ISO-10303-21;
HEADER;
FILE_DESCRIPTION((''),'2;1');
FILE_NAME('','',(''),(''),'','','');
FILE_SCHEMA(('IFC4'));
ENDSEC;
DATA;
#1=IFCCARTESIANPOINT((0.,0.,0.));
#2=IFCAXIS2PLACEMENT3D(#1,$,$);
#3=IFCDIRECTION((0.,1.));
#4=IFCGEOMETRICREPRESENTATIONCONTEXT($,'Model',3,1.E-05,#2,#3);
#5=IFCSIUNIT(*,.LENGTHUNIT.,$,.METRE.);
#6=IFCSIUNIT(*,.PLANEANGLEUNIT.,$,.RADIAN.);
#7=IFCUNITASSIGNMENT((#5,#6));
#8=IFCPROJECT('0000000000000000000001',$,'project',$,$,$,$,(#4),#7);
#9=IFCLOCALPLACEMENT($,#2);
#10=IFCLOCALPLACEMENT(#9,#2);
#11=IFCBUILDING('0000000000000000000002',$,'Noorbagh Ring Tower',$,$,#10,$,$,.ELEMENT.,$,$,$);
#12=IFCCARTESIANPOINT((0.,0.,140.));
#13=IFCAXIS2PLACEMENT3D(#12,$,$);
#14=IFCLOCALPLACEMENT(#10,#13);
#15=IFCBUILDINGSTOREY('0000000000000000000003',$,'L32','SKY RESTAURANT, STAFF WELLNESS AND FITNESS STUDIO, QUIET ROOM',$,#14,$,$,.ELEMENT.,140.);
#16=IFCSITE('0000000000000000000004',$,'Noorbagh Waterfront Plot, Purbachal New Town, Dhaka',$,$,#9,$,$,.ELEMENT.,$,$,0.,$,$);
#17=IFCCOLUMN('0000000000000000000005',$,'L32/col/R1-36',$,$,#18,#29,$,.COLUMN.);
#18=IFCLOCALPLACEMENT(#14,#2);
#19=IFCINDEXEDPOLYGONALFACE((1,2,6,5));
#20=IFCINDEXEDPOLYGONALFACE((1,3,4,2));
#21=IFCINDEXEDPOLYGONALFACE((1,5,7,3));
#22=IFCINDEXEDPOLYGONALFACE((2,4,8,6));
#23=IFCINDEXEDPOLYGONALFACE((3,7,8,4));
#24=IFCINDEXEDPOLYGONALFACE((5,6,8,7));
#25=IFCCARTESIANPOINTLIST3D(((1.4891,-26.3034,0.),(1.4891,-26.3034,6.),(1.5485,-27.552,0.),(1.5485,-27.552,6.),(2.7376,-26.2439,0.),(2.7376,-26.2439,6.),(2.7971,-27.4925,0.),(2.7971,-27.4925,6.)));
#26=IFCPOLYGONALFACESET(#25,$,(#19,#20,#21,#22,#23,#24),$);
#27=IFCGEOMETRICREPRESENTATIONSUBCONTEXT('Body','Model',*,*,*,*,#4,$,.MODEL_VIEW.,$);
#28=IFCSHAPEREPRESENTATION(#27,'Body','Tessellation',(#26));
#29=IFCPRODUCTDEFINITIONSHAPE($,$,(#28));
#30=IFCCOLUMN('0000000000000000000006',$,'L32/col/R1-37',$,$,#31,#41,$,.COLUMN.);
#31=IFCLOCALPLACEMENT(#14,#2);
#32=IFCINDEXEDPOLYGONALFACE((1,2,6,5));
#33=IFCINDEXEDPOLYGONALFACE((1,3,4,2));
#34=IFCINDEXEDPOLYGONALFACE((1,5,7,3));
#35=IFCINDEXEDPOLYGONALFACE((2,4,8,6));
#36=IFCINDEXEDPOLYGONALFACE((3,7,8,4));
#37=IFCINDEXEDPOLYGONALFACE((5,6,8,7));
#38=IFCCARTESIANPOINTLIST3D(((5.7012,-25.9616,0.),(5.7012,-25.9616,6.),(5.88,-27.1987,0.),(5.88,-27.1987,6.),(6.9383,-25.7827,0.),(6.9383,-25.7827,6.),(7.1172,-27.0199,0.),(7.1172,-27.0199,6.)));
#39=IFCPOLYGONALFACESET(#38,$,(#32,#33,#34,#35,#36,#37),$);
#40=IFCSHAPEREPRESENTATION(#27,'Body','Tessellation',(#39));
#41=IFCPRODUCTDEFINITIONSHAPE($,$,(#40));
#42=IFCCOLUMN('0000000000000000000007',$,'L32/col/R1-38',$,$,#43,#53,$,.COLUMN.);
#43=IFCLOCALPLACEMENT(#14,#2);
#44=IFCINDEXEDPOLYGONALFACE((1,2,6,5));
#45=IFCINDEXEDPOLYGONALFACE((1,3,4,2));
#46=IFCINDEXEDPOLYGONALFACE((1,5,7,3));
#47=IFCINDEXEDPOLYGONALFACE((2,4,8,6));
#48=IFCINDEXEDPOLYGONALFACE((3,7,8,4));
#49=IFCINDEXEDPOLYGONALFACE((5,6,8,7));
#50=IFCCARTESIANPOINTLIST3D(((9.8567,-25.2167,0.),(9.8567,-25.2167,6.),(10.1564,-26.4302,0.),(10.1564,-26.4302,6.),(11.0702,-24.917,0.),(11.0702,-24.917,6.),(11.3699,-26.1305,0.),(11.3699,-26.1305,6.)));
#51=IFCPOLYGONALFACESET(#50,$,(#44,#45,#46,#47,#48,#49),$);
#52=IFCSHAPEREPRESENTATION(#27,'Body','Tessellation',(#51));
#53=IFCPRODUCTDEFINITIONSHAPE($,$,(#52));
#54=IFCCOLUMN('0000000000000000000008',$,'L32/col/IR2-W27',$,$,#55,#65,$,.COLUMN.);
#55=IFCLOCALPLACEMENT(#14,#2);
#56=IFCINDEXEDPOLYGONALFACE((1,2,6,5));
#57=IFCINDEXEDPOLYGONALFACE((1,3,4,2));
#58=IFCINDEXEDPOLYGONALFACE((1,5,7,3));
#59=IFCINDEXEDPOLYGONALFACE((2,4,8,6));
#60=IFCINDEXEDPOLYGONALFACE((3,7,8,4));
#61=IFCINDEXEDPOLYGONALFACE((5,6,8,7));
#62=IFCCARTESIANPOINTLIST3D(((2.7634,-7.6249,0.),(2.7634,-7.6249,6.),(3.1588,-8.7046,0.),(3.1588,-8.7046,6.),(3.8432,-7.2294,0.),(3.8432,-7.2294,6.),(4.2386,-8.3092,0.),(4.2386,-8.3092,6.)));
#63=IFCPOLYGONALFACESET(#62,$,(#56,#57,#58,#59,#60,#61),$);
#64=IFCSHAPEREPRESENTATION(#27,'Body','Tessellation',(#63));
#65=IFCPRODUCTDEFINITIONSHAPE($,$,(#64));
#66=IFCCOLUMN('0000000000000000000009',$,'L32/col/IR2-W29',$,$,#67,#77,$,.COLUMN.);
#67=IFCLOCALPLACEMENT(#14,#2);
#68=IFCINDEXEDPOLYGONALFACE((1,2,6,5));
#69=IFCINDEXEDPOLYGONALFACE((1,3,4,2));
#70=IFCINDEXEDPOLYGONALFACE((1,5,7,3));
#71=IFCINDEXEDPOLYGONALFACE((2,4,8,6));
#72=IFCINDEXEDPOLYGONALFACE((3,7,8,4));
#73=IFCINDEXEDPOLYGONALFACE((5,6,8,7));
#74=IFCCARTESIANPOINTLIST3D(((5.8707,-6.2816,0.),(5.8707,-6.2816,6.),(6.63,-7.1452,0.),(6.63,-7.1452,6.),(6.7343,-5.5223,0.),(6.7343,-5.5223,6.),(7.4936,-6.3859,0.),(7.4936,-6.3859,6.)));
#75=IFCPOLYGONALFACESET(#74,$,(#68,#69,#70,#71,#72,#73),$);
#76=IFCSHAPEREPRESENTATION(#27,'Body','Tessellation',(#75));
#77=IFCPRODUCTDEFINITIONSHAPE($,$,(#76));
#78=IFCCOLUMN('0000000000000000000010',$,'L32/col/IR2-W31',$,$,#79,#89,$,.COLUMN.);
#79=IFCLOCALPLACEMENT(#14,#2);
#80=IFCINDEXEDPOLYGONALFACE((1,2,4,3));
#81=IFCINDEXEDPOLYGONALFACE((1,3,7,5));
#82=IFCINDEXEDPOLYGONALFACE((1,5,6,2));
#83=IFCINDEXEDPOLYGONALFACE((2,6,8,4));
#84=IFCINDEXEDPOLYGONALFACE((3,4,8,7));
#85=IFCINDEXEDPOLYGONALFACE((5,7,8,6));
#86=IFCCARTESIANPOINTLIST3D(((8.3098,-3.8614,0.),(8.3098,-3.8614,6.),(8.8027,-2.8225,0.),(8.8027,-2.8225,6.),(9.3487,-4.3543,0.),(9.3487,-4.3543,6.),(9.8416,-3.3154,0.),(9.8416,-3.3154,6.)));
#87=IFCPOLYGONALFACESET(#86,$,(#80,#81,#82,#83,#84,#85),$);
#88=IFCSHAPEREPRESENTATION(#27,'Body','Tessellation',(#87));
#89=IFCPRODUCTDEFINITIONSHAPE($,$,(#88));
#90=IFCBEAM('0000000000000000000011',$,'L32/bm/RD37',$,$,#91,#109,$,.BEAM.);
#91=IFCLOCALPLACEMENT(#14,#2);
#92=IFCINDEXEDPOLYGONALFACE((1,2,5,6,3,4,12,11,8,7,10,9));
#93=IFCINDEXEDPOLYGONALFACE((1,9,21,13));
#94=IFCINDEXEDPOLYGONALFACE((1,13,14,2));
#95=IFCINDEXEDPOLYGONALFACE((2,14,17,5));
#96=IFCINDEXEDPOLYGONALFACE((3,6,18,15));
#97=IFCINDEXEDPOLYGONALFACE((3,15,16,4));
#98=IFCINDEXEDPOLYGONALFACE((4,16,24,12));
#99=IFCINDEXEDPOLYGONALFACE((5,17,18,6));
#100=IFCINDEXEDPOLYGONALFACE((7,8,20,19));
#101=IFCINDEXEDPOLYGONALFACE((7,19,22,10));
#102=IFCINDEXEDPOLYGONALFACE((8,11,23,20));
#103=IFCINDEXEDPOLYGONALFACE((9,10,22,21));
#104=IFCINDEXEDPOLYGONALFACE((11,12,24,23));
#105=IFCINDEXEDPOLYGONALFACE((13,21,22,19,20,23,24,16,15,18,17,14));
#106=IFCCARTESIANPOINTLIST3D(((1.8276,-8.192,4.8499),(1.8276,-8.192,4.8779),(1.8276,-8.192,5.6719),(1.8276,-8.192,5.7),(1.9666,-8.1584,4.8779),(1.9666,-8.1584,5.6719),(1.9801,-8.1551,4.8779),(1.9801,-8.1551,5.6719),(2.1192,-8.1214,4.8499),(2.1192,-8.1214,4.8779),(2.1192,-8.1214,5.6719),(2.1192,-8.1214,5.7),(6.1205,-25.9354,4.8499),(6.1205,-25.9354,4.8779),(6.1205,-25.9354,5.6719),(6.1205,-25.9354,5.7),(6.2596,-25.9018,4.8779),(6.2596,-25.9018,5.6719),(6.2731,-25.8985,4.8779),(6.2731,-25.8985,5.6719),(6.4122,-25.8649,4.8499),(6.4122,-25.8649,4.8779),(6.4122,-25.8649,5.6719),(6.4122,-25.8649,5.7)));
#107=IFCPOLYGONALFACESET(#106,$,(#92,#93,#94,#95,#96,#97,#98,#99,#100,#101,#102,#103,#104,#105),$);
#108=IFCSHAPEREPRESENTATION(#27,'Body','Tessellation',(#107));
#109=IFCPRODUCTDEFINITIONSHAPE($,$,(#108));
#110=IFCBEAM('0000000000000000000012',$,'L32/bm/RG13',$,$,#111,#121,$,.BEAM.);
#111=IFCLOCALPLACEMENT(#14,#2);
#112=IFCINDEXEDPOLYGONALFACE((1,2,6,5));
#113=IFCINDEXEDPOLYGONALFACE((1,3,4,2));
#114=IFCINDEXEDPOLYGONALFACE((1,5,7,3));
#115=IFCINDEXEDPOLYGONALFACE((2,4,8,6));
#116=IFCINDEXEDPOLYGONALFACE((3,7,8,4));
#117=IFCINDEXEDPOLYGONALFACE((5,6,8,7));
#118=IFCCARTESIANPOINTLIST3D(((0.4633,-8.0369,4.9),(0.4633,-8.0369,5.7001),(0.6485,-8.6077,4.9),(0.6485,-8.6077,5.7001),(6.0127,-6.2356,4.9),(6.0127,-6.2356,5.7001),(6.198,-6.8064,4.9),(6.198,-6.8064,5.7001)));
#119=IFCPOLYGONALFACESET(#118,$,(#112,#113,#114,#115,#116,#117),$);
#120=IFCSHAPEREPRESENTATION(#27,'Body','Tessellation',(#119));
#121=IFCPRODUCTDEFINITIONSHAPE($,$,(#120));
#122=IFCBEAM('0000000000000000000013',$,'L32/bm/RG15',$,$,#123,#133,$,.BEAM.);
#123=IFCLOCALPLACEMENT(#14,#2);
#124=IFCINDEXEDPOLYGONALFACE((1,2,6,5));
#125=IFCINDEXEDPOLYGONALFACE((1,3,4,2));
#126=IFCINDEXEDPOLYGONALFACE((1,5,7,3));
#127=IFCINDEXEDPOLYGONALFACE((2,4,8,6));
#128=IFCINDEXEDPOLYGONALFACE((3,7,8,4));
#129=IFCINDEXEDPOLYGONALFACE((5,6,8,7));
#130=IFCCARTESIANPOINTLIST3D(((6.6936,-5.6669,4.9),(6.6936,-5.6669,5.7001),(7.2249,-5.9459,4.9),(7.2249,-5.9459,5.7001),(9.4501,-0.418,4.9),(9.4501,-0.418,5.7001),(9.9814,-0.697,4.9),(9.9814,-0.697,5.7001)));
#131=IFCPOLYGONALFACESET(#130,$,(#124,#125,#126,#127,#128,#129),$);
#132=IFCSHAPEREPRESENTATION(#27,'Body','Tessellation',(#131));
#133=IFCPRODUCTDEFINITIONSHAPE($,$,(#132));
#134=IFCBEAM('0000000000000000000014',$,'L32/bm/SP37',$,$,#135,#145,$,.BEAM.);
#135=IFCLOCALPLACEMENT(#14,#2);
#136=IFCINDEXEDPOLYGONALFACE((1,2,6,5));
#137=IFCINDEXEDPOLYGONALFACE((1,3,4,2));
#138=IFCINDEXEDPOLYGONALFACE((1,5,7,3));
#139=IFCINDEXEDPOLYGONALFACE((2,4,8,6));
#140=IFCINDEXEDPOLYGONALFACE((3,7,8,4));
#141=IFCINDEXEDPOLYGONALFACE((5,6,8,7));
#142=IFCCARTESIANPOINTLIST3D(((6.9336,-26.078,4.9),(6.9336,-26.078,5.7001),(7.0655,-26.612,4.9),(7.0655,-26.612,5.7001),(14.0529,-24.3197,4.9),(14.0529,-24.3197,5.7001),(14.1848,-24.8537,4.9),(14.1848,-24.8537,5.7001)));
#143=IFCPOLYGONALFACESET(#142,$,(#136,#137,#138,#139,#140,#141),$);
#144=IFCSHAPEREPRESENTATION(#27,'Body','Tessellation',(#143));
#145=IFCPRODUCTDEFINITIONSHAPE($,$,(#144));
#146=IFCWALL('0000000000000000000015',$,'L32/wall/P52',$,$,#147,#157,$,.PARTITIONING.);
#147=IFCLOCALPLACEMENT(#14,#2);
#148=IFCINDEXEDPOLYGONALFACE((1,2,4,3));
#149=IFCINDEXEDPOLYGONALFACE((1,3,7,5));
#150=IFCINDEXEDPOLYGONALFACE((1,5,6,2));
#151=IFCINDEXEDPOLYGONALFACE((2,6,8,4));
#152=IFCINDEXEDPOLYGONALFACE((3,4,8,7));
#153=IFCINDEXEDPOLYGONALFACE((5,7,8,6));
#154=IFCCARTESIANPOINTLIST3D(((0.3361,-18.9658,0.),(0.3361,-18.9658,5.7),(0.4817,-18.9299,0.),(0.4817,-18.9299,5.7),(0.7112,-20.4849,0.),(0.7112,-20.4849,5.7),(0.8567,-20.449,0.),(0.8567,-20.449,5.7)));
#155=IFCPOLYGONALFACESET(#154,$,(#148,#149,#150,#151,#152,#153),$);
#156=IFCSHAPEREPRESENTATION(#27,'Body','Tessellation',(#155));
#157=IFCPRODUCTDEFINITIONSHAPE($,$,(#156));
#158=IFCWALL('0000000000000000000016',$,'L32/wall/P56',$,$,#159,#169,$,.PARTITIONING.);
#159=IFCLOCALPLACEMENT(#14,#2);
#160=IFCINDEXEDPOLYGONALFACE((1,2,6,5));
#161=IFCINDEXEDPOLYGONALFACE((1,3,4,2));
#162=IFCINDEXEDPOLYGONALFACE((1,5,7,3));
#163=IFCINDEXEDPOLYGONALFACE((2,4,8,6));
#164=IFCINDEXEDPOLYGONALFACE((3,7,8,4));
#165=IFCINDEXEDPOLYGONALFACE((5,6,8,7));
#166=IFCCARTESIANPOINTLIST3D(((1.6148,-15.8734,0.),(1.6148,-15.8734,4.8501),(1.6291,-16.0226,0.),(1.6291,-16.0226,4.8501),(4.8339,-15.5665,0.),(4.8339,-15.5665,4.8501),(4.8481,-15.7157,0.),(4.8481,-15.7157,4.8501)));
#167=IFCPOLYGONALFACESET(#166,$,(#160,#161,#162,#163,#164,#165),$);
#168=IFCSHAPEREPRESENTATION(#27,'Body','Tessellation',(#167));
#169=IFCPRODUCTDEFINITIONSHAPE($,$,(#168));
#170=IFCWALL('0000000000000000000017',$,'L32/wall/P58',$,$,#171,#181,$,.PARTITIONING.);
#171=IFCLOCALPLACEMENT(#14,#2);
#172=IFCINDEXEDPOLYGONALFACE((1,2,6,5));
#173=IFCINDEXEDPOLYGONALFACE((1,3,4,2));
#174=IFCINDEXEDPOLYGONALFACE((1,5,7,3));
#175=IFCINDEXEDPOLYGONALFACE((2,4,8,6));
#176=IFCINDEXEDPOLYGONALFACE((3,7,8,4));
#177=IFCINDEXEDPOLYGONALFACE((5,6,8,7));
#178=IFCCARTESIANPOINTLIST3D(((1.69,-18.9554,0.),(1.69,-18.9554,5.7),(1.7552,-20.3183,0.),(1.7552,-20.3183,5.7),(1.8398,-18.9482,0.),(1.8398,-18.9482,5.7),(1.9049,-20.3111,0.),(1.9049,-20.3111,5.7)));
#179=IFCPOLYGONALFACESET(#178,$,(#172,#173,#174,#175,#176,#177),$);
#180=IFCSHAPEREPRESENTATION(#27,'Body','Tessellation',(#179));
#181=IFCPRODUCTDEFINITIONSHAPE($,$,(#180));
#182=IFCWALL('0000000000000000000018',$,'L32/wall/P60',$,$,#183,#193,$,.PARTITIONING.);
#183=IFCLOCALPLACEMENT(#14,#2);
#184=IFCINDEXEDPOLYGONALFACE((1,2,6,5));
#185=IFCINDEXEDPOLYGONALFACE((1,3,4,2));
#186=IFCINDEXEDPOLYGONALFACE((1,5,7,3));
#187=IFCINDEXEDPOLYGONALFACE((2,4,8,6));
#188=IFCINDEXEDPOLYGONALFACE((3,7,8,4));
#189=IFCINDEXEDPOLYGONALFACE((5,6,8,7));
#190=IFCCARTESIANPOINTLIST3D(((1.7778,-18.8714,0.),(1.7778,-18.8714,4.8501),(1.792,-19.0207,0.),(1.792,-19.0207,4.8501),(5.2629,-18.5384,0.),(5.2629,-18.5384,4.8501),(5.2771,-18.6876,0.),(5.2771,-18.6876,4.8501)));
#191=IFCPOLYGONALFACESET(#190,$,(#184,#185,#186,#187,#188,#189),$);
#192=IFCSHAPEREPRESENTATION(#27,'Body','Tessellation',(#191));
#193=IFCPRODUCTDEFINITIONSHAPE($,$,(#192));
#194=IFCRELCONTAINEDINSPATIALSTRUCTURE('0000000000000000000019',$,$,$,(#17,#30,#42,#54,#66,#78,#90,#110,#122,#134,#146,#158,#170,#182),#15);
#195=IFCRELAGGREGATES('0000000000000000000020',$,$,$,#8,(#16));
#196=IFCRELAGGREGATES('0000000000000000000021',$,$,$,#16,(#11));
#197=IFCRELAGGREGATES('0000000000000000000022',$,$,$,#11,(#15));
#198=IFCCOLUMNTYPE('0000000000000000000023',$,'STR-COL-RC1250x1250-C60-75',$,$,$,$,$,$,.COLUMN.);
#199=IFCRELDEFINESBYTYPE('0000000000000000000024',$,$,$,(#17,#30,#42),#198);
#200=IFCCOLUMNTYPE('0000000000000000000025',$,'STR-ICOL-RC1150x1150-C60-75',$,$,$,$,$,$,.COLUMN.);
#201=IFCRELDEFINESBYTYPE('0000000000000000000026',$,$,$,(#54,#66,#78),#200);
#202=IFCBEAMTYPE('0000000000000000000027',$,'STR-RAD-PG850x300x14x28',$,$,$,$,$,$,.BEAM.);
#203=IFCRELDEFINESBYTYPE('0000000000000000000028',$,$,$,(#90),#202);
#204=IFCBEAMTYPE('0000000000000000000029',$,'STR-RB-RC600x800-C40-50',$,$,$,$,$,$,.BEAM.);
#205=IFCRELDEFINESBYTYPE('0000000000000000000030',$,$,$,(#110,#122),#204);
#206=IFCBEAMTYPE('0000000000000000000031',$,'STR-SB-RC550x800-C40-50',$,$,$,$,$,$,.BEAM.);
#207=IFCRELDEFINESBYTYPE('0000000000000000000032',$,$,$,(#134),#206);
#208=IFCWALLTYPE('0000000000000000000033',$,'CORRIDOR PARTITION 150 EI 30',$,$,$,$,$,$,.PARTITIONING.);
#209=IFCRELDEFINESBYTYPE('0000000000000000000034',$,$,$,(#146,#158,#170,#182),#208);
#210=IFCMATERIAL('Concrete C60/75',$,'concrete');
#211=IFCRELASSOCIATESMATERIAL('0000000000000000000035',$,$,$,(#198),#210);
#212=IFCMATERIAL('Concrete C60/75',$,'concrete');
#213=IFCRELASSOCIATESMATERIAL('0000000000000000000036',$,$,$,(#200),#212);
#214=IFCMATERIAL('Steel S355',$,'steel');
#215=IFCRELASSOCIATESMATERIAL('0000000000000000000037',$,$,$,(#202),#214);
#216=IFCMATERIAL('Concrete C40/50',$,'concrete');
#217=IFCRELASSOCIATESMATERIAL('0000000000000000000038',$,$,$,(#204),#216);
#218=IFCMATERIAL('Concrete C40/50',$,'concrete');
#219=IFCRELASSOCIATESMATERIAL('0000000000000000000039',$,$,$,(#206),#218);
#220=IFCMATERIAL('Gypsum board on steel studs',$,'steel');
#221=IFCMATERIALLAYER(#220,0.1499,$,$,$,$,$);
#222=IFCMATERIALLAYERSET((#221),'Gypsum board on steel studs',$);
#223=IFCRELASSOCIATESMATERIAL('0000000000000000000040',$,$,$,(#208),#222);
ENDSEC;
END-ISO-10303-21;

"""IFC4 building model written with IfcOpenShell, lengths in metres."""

from ifc_helpers import new_model, si_unit, direction, frame, frame_2d, origin, origin_2d, place, context, subcontext, project, spatial, rectangle, i_section, extrude, material, layer, layer_set, material_profile, profile_set, type_object, element, save


model = new_model("IFC4")

# Units and contexts
model_context = context("Model", 3, precision=1e-05, world=origin(), true_north=direction((0.0, 1.0)))
body_context = subcontext(model_context, "Body", "Model", "MODEL_VIEW")
ifc_project = project(units=[si_unit("LENGTHUNIT", "METRE"), si_unit("PLANEANGLEUNIT", "RADIAN")], contexts=[model_context])

# Site, building, storey
site_placement = place(None, origin())
site = spatial("IfcSite", under=ifc_project, at=site_placement, Name="Noorbagh Waterfront Plot, Purbachal New Town, Dhaka", CompositionType="ELEMENT", RefElevation=0.0)
building_placement = place(site_placement, origin())
building = spatial("IfcBuilding", under=site, at=building_placement, Name="Noorbagh Ring Tower", CompositionType="ELEMENT")
storey_placement = place(building_placement, frame((0.0, 0.0, 140.0)))
storey = spatial("IfcBuildingStorey", under=building, at=storey_placement, Name="L32", Description="SKY RESTAURANT, STAFF WELLNESS AND FITNESS STUDIO, QUIET ROOM", CompositionType="ELEMENT", Elevation=140.0)

# Columns
ifc_material_1 = material(Name="Concrete C60/75", Category="concrete")
ifc_material_profile_1 = material_profile(ifc_material_1, rectangle(XDim=1.25, YDim=1.25, at=origin_2d()), Name="RC1250x1250")
ifc_profile_set_1 = profile_set([ifc_material_profile_1], Name="Concrete C60/75")
column_type_1 = type_object("IfcColumnType", Name="STR-COL-RC1250x1250-C60-75", PredefinedType="COLUMN", material=ifc_profile_set_1)
for number, where, z_axis, x_axis, name in (
    (1, (2.1431, -26.8979, 0.0), (0.0, 0.0, 1.0), (0.998869, 0.047553, 0.0), "L32/col/R1-36"),
    (2, (6.4092, -26.4907, 0.0), (0.0, 0.0, 1.0), (0.989713, 0.143066, 0.0), "L32/col/R1-37"),
    (3, (10.6133, -25.6736, 0.0), (0.0, 0.0, 1.0), (0.970829, 0.239771, 0.0), "L32/col/R1-38"),
):
    element("IfcColumn", number, at=place(storey_placement, frame(where, z_axis=z_axis, x_axis=x_axis)), inside=storey, type_object=column_type_1, Name=name, PredefinedType="COLUMN", context=body_context, shape_type="SweptSolid", body=[
        extrude(rectangle(XDim=1.25, YDim=1.25, at=origin_2d()), origin(), (0.0, 0.0, 1.0), 6.0),
    ])
ifc_material_2 = material(Name="Concrete C60/75", Category="concrete")
ifc_material_profile_2 = material_profile(ifc_material_2, rectangle(XDim=1.1499, YDim=1.1499, at=origin_2d()), Name="RC1150x1150")
ifc_profile_set_2 = profile_set([ifc_material_profile_2], Name="Concrete C60/75")
column_type_2 = type_object("IfcColumnType", Name="STR-ICOL-RC1150x1150-C60-75", PredefinedType="COLUMN", material=ifc_profile_set_2)
for number, where, z_axis, x_axis, name in (
    (4, (3.501, -7.967, 0.0), (0.0, 0.0, 1.0), (0.93902, 0.343864, 0.0), "L32/col/IR2-W27"),
    (5, (6.6821, -6.3337, 0.0), (0.0, 0.0, 1.0), (0.751022, 0.660277, 0.0), "L32/col/IR2-W29"),
    (6, (9.0757, -3.5884, 0.0), (0.0, 0.0, 1.0), (0.428667, 0.903463, 0.0), "L32/col/IR2-W31"),
):
    element("IfcColumn", number, at=place(storey_placement, frame(where, z_axis=z_axis, x_axis=x_axis)), inside=storey, type_object=column_type_2, Name=name, PredefinedType="COLUMN", context=body_context, shape_type="SweptSolid", body=[
        extrude(rectangle(XDim=1.1499, YDim=1.1499, at=origin_2d()), origin(), (0.0, 0.0, 1.0), 6.0),
    ])

# Beams
ifc_material_3 = material(Name="Steel S355", Category="steel")
ifc_material_profile_3 = material_profile(ifc_material_3, i_section(OverallWidth=0.3, OverallDepth=0.8501, WebThickness=0.0139, FlangeThickness=0.0281, at=origin_2d()), Name="PG850x300x14x28")
ifc_profile_set_3 = profile_set([ifc_material_profile_3], Name="Steel S355")
beam_type_1 = type_object("IfcBeamType", Name="STR-RAD-PG850x300x14x28", PredefinedType="BEAM", material=ifc_profile_set_3)
beam_1_placement = place(storey_placement, frame((6.2664, -25.9001, 5.2749), z_axis=(-0.235162, 0.971956, 0.0), x_axis=(-0.971956, -0.235162, 0.0)))
element("IfcBeam", 7, at=beam_1_placement, inside=storey, type_object=beam_type_1, Name="L32/bm/RD37", PredefinedType="BEAM", context=body_context, shape_type="SweptSolid", body=[
    extrude(i_section(OverallWidth=0.3, OverallDepth=0.8501, WebThickness=0.0139, FlangeThickness=0.0281, at=origin_2d()), origin(), (0.0, 0.0, 1.0), 18.2554),
])
ifc_material_4 = material(Name="Concrete C40/50", Category="concrete")
ifc_material_profile_4 = material_profile(ifc_material_4, rectangle(XDim=0.6001, YDim=0.8, at=origin_2d()), Name="RC600x800")
ifc_profile_set_4 = profile_set([ifc_material_profile_4], Name="Concrete C40/50")
beam_type_2 = type_object("IfcBeamType", Name="STR-RB-RC600x800-C40-50", PredefinedType="BEAM", material=ifc_profile_set_4)
beam_2_placement = place(storey_placement, frame((0.5559, -8.3223, 5.3), z_axis=(0.951152, 0.308724, 0.0), x_axis=(-0.308724, 0.951152, 0.0)))
element("IfcBeam", 8, at=beam_2_placement, inside=storey, type_object=beam_type_2, Name="L32/bm/RG13", PredefinedType="BEAM", context=body_context, shape_type="SweptSolid", body=[
    extrude(rectangle(XDim=0.6001, YDim=0.8, at=origin_2d()), origin(), (0.0, 0.0, 1.0), 5.8345),
])
beam_3_placement = place(storey_placement, frame((6.9592, -5.8064, 5.3), z_axis=(0.464947, 0.885339, 0.0), x_axis=(-0.885339, 0.464947, 0.0)))
element("IfcBeam", 9, at=beam_3_placement, inside=storey, type_object=beam_type_2, Name="L32/bm/RG15", PredefinedType="BEAM", context=body_context, shape_type="SweptSolid", body=[
    extrude(rectangle(XDim=0.6001, YDim=0.8, at=origin_2d()), origin(), (0.0, 0.0, 1.0), 5.9287),
])
ifc_material_5 = material(Name="Concrete C40/50", Category="concrete")
ifc_material_profile_5 = material_profile(ifc_material_5, rectangle(XDim=0.55, YDim=0.8, at=origin_2d()), Name="RC550x800")
ifc_profile_set_5 = profile_set([ifc_material_profile_5], Name="Concrete C40/50")
beam_type_3 = type_object("IfcBeamType", Name="STR-SB-RC550x800-C40-50", PredefinedType="BEAM", material=ifc_profile_set_5)
beam_4_placement = place(storey_placement, frame((6.9995, -26.345, 5.3), z_axis=(0.97083, 0.239769, 0.0), x_axis=(-0.239769, 0.97083, 0.0)))
element("IfcBeam", 10, at=beam_4_placement, inside=storey, type_object=beam_type_3, Name="L32/bm/SP37", PredefinedType="BEAM", context=body_context, shape_type="SweptSolid", body=[
    extrude(rectangle(XDim=0.55, YDim=0.8, at=origin_2d()), origin(), (0.0, 0.0, 1.0), 7.3333),
])

# Walls
ifc_material_6 = material(Name="Gypsum board on steel studs", Category="steel")
ifc_layer_1 = layer(ifc_material_6, 0.1499)
ifc_layer_set_1 = layer_set([ifc_layer_1], Name="Gypsum board on steel studs")
wall_type_1 = type_object("IfcWallType", Name="CORRIDOR PARTITION 150 EI 30", PredefinedType="PARTITIONING", material=ifc_layer_set_1)
wall_1_placement = place(storey_placement, frame((0.4089, -18.948, 0.0), z_axis=(0.0, 0.0, 1.0), x_axis=(0.239671, -0.970854, 0.0)))
element("IfcWall", 11, at=wall_1_placement, inside=storey, type_object=wall_type_1, Name="L32/wall/P52", PredefinedType="PARTITIONING", context=body_context, shape_type="SweptSolid", body=[
    extrude(rectangle(XDim=1.5647, YDim=0.1499, at=frame_2d((0.7822, 0.0))), origin(), (0.0, 0.0, 1.0), 5.7),
])
wall_2_placement = place(storey_placement, frame((1.6221, -15.948, 0.0), z_axis=(0.0, 0.0, 1.0), x_axis=(0.995486, 0.094905, 0.0)))
element("IfcWall", 12, at=wall_2_placement, inside=storey, type_object=wall_type_1, Name="L32/wall/P56", PredefinedType="PARTITIONING", context=body_context, shape_type="SweptSolid", body=[
    extrude(rectangle(XDim=3.2336, YDim=0.1499, at=frame_2d((1.6167, 0.0))), origin(), (0.0, 0.0, 1.0), 4.8501),
])
wall_3_placement = place(storey_placement, frame((1.7649, -18.9519, 0.0), z_axis=(0.0, 0.0, 1.0), x_axis=(0.047769, -0.998858, 0.0)))
element("IfcWall", 13, at=wall_3_placement, inside=storey, type_object=wall_type_1, Name="L32/wall/P58", PredefinedType="PARTITIONING", context=body_context, shape_type="SweptSolid", body=[
    extrude(rectangle(XDim=1.3645, YDim=0.1499, at=frame_2d((0.6821, 0.0))), origin(), (0.0, 0.0, 1.0), 5.7),
])
wall_4_placement = place(storey_placement, frame((1.7849, -18.946, 0.0), z_axis=(0.0, 0.0, 1.0), x_axis=(0.995466, 0.095118, 0.0)))
element("IfcWall", 14, at=wall_4_placement, inside=storey, type_object=wall_type_1, Name="L32/wall/P60", PredefinedType="PARTITIONING", context=body_context, shape_type="SweptSolid", body=[
    extrude(rectangle(XDim=3.501, YDim=0.1499, at=frame_2d((1.7505, 0.0))), origin(), (0.0, 0.0, 1.0), 4.8501),
])

save(model, "model.ifc")
